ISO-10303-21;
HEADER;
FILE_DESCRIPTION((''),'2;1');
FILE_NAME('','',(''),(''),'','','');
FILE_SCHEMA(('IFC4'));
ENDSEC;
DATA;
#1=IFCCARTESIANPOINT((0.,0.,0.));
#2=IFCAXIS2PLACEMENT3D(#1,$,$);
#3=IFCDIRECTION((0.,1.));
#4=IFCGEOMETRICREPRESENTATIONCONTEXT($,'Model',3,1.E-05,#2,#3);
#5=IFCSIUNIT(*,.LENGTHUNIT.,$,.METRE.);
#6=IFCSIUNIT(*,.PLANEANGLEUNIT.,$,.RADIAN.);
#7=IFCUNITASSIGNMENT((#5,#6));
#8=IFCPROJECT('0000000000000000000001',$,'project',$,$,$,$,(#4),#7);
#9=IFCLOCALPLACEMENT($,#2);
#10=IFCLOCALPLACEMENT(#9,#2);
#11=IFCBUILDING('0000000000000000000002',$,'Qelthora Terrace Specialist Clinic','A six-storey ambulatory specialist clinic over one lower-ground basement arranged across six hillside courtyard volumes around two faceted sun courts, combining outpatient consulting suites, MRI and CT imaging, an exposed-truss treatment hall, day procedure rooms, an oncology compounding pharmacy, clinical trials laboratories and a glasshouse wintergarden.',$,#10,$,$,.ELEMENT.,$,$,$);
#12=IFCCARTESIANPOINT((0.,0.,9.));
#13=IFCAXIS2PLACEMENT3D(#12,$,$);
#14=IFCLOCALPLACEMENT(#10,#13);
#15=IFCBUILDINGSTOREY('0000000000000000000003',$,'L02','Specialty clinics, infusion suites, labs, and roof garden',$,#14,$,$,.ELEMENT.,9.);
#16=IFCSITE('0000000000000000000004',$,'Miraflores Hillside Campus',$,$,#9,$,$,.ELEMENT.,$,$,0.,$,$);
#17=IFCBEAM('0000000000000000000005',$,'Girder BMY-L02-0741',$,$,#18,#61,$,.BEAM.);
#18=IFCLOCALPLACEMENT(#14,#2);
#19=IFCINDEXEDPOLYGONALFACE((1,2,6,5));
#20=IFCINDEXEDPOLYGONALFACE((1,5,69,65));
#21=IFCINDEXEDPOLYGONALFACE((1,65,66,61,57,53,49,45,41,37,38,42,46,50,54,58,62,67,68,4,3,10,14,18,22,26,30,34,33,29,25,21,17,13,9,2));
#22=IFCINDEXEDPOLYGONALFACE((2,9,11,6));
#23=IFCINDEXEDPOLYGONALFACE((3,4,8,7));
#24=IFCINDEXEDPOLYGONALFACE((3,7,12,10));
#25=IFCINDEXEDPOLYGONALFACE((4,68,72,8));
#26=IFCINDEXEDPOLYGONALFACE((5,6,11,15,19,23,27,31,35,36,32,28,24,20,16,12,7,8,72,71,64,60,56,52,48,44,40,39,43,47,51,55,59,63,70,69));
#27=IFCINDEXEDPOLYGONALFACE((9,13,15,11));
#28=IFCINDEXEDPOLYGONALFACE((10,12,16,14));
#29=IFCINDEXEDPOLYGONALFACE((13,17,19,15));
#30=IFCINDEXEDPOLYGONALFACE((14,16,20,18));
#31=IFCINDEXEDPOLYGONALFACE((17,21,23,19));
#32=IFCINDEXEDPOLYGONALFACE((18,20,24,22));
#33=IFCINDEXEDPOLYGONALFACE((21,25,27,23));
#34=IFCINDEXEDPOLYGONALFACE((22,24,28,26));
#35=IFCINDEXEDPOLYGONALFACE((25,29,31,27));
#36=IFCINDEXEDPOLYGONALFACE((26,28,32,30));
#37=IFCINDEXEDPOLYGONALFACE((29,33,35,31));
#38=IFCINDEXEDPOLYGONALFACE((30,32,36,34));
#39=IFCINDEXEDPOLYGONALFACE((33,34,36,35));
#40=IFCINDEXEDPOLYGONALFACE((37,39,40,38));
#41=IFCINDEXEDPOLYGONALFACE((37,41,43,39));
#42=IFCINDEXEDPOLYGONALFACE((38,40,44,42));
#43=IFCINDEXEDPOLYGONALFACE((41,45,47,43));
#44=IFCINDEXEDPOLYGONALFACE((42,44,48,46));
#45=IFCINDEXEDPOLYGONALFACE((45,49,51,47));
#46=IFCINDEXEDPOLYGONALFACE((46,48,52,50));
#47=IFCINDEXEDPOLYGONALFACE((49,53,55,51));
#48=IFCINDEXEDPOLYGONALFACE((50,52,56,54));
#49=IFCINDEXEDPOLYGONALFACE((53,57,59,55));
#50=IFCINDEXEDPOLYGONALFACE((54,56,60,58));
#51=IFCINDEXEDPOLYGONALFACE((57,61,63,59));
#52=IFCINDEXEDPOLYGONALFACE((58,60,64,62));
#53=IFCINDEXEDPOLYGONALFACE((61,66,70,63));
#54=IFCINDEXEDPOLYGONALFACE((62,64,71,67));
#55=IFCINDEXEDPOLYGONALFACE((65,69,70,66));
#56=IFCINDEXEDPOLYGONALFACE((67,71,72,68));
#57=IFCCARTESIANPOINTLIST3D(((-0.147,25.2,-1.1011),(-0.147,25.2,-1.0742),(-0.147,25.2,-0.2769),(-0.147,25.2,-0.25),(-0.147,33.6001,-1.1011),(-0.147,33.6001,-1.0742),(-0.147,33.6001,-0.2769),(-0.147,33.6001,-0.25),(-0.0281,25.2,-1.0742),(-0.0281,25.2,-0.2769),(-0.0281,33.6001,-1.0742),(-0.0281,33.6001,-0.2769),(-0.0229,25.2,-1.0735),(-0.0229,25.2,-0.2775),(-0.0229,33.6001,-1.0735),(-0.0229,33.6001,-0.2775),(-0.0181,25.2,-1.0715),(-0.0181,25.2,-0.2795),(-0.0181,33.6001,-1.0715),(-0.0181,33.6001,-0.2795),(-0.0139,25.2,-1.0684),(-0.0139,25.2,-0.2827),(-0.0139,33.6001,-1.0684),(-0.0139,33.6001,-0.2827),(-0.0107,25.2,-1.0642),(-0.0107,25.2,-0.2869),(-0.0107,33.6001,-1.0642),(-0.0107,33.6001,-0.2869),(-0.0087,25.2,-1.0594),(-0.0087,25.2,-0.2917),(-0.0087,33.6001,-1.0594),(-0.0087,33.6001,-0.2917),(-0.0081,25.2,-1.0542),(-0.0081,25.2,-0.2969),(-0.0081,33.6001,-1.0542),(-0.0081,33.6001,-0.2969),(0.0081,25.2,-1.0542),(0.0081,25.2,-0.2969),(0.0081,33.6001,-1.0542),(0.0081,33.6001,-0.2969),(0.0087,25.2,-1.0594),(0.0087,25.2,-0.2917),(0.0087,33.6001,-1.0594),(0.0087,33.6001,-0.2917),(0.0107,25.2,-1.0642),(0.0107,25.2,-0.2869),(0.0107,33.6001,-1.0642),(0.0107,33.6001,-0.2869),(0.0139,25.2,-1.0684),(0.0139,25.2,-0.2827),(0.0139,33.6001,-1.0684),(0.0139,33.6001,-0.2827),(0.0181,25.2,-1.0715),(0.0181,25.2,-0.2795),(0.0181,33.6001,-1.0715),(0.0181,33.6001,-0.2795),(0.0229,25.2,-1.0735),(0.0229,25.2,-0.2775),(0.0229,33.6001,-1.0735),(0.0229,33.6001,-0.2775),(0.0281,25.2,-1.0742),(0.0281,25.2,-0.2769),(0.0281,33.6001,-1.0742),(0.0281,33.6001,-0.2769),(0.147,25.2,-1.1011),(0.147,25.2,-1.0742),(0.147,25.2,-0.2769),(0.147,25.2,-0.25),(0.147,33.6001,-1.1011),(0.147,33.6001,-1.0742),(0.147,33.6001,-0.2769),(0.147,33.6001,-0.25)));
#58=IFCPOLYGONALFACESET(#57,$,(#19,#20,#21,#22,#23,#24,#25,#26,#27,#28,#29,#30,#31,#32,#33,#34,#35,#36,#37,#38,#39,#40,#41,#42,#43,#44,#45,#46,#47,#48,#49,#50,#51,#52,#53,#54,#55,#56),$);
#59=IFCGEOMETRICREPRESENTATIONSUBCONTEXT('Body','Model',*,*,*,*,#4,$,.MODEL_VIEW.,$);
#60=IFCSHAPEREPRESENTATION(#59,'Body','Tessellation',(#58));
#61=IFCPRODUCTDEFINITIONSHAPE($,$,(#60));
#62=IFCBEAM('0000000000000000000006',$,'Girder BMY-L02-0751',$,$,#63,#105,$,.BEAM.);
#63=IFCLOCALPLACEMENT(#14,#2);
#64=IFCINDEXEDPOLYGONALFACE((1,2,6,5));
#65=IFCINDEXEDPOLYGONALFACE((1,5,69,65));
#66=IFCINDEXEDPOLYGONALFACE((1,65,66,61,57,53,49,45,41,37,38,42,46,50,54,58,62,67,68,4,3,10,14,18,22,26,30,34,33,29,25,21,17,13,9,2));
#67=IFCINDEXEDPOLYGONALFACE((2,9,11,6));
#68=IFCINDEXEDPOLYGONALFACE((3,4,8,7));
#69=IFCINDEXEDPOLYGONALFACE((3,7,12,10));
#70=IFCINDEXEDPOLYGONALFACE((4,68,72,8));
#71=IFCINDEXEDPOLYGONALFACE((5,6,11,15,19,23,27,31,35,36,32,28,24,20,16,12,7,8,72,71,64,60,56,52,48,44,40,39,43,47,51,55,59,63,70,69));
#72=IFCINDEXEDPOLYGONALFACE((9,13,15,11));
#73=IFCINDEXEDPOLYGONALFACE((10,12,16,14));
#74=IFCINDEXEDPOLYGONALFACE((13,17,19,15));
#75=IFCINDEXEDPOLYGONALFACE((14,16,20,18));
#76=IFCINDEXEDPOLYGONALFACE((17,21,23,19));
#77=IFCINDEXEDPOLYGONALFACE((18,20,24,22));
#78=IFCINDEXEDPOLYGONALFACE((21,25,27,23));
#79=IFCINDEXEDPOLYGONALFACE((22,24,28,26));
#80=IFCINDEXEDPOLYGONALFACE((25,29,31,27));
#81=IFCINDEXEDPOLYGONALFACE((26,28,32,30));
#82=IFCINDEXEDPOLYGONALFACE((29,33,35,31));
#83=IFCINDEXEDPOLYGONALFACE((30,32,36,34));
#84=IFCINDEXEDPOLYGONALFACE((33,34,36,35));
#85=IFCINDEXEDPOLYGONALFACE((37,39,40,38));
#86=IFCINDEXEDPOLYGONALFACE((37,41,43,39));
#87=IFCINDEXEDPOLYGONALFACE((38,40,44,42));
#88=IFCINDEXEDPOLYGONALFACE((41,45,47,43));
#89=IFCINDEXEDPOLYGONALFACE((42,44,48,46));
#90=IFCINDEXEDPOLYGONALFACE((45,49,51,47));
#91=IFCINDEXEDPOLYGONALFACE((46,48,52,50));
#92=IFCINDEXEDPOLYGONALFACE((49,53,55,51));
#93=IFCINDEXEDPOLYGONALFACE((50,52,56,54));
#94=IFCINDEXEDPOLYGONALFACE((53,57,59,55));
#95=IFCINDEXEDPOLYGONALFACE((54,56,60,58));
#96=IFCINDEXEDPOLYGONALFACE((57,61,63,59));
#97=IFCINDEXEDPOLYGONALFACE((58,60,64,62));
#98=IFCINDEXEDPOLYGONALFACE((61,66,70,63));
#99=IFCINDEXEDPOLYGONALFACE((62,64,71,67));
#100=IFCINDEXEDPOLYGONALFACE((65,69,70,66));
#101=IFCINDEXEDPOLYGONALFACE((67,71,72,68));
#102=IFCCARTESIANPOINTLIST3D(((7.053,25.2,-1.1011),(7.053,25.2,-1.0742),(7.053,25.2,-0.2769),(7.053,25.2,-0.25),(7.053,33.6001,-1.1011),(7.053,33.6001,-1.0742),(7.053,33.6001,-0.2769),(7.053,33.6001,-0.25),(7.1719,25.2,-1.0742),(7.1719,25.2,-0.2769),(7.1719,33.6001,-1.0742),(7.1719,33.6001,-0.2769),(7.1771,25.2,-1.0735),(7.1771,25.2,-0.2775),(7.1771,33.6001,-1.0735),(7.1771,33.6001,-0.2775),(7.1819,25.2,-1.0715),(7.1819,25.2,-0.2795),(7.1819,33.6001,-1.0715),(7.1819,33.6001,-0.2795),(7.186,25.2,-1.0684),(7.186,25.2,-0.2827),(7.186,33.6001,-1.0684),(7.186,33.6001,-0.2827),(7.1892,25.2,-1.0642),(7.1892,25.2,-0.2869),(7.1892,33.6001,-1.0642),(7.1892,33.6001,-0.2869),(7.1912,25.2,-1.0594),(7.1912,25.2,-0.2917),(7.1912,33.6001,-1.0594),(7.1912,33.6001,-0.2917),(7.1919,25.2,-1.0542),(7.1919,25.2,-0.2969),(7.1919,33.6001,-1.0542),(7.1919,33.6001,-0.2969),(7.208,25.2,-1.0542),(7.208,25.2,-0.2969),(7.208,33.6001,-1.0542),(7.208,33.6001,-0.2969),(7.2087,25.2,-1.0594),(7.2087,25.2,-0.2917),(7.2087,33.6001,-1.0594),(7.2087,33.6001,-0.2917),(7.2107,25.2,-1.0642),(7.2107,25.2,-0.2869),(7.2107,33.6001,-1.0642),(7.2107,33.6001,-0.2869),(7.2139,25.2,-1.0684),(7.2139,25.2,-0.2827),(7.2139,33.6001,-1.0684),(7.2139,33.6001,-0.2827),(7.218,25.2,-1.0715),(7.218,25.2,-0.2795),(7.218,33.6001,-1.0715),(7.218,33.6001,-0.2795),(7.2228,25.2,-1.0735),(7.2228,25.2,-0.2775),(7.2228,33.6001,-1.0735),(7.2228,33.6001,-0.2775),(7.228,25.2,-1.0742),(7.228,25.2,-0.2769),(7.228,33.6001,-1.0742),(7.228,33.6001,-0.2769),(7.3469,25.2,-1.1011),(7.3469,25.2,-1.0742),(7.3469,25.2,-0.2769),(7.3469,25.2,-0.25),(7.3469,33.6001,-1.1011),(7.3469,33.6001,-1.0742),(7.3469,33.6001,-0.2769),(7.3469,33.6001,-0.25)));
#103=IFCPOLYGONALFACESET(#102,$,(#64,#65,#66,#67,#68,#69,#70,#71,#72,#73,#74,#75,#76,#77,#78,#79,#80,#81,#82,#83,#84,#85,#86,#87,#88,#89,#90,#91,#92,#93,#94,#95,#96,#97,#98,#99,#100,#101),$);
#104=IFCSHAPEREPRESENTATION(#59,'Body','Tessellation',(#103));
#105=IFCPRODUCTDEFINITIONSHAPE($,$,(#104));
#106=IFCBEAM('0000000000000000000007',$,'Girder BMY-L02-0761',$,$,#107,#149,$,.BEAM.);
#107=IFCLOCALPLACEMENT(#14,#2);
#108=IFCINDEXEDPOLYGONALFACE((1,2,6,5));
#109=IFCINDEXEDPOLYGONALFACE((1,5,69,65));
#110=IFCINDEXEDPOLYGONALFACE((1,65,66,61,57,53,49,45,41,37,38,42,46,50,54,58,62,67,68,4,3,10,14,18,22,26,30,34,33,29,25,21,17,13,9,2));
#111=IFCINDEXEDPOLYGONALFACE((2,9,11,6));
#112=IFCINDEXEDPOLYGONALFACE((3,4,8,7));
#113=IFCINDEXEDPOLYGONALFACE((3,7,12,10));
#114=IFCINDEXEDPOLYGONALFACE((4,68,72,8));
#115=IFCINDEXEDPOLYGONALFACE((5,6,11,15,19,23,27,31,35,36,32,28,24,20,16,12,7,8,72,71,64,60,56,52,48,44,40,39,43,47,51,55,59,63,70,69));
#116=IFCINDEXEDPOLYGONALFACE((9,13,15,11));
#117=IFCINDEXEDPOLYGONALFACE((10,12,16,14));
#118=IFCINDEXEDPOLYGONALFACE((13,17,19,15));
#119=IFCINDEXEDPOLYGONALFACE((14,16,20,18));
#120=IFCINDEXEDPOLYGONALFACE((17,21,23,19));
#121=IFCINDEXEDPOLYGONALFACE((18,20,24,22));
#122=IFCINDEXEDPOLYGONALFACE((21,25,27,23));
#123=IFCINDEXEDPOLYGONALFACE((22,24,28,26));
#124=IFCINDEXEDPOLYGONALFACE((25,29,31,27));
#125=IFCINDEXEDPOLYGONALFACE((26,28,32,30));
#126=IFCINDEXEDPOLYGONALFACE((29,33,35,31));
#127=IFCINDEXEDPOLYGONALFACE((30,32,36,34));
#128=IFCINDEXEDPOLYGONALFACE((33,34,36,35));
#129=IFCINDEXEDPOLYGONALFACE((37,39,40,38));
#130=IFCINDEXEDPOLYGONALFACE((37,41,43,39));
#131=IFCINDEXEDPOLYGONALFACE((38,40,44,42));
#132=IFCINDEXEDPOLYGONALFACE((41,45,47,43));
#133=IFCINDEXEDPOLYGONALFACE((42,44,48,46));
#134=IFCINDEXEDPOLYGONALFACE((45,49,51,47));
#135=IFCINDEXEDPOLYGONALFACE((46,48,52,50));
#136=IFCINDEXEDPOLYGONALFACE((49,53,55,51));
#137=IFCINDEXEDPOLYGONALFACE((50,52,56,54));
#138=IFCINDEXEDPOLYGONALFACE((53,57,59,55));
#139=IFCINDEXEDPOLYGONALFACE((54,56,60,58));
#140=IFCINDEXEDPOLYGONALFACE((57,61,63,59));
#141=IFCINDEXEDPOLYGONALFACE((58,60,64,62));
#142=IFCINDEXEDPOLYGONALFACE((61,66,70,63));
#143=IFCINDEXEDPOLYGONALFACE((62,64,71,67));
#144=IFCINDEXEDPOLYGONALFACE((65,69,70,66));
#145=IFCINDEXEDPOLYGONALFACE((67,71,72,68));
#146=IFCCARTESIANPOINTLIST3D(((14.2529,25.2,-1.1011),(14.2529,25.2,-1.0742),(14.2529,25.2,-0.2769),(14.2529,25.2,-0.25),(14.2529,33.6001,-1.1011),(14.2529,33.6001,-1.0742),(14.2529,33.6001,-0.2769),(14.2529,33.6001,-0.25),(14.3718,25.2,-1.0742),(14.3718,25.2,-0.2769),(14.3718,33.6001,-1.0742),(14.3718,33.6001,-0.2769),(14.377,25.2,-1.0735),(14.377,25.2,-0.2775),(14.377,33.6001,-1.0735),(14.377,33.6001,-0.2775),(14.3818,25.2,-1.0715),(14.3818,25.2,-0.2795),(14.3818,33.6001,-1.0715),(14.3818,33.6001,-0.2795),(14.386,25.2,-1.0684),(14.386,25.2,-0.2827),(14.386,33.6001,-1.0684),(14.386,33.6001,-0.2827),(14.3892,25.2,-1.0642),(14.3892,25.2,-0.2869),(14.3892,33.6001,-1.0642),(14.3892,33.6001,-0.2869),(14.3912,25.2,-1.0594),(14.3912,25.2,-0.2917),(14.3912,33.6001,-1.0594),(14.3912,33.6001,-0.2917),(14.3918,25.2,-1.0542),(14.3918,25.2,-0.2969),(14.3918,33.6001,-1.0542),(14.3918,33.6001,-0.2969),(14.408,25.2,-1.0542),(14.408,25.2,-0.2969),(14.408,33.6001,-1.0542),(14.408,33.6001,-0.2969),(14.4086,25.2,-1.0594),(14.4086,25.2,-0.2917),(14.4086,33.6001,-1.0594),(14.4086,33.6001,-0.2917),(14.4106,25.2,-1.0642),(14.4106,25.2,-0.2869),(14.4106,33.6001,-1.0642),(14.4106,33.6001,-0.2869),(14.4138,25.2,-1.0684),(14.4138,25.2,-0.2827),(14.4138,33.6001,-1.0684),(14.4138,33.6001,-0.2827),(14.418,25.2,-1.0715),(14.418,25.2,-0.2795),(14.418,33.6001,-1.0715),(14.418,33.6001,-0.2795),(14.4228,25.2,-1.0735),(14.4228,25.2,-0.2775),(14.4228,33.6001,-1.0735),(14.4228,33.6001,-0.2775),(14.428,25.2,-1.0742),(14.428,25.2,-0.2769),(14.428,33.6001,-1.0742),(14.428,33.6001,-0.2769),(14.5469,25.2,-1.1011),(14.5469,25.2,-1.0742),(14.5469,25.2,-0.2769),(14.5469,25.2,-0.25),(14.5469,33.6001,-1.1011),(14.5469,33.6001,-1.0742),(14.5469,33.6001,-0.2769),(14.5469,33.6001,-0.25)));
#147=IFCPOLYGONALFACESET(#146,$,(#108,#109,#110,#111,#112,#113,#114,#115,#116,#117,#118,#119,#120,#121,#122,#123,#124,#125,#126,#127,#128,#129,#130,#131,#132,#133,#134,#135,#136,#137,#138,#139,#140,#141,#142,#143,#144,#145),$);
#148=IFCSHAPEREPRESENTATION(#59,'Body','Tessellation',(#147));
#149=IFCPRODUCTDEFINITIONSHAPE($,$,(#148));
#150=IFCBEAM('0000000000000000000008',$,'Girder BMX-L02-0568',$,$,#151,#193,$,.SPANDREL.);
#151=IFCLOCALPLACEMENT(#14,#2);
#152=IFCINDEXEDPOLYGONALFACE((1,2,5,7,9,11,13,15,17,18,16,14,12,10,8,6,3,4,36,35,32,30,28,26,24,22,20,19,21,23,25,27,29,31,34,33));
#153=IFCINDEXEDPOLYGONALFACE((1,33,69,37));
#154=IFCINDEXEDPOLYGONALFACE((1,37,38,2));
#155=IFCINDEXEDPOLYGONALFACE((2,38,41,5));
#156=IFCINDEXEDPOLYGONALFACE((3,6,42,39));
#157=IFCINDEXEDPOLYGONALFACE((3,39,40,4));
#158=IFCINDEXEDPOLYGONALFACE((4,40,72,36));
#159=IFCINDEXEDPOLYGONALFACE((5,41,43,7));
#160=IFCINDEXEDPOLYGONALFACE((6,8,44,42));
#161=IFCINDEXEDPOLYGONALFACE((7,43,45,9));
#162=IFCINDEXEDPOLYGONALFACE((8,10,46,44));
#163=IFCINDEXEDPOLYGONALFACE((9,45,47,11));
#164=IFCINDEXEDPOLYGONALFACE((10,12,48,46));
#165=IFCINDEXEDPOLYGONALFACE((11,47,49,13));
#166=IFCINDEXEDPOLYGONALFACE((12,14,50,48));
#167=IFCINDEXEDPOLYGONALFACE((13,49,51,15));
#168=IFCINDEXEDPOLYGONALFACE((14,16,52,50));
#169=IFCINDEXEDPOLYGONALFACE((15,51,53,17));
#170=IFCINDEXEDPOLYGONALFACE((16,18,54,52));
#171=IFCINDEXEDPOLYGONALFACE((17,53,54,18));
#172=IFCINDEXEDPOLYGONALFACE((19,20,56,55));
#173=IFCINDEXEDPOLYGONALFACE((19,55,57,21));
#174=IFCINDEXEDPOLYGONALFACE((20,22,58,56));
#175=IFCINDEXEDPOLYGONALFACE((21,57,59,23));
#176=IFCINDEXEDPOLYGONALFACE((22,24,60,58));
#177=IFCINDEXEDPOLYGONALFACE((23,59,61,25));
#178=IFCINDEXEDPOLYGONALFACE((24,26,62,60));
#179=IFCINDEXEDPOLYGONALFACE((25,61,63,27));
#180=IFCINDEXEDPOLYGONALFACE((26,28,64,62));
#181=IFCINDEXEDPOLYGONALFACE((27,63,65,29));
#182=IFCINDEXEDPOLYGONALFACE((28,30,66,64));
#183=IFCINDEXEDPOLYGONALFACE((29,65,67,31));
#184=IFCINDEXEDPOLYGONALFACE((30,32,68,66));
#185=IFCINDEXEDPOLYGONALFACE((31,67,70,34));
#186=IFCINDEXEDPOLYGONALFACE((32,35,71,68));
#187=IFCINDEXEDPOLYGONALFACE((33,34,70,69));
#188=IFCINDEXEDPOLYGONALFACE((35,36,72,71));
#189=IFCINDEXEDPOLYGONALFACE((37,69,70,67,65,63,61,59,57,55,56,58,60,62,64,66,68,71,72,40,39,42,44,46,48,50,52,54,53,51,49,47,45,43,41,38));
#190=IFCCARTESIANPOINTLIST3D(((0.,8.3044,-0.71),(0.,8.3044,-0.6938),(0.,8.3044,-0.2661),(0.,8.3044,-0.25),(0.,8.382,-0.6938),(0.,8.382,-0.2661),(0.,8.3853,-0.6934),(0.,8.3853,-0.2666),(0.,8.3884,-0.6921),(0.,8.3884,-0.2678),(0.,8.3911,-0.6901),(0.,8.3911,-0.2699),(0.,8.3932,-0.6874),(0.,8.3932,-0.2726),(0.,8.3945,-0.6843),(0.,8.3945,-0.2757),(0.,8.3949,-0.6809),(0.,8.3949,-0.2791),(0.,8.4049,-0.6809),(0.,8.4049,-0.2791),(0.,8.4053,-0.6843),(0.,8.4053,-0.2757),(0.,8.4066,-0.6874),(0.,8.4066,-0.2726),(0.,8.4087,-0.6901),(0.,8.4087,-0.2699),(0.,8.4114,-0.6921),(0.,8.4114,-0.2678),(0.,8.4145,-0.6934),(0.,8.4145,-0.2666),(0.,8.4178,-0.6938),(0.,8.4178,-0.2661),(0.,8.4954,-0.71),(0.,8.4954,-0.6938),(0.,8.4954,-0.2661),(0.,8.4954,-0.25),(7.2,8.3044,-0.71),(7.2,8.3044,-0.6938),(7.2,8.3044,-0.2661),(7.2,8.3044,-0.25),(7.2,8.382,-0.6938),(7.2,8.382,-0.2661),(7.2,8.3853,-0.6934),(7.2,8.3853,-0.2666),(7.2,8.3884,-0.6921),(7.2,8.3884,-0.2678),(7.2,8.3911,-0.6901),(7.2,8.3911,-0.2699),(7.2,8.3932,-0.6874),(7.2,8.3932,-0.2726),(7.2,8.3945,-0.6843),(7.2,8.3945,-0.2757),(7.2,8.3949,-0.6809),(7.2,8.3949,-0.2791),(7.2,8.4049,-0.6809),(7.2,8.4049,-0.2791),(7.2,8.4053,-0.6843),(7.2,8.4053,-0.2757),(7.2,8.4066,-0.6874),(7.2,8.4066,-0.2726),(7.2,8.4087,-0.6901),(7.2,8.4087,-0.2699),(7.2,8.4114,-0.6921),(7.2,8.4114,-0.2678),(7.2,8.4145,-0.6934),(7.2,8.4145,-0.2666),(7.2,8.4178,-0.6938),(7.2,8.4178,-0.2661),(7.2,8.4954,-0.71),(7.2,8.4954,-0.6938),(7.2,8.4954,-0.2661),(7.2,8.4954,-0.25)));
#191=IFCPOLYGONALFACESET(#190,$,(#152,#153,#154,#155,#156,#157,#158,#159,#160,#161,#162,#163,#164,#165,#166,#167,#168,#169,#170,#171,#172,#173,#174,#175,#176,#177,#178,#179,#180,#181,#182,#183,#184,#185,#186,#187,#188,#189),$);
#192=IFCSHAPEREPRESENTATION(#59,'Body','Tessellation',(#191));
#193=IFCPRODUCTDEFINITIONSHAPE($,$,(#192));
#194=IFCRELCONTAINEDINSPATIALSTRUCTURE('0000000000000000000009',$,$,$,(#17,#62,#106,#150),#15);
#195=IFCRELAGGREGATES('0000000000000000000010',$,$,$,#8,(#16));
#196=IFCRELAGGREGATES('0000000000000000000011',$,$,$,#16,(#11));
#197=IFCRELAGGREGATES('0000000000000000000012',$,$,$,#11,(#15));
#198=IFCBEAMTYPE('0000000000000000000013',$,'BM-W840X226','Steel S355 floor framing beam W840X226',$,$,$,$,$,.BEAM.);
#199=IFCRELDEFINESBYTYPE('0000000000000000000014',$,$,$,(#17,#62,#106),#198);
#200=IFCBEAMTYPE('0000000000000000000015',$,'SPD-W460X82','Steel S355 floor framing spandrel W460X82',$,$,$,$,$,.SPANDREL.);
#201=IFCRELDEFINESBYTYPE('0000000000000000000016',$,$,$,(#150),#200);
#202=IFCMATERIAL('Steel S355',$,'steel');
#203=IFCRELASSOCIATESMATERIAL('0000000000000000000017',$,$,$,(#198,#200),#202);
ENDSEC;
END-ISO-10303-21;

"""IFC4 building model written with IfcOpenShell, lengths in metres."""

from ifc_helpers import new_model, si_unit, direction, frame, origin, origin_2d, place, context, subcontext, project, spatial, i_section, extrude, material, material_profile, profile_set, type_object, element, save


model = new_model("IFC4")

# Units and contexts
model_context = context("Model", 3, precision=1e-05, world=origin(), true_north=direction((0.0, 1.0)))
body_context = subcontext(model_context, "Body", "Model", "MODEL_VIEW")
ifc_project = project(units=[si_unit("LENGTHUNIT", "METRE"), si_unit("PLANEANGLEUNIT", "RADIAN")], contexts=[model_context])

# Site, building, storey
site_placement = place(None, origin())
site = spatial("IfcSite", under=ifc_project, at=site_placement, Name="Miraflores Hillside Campus", CompositionType="ELEMENT", RefElevation=0.0)
building_placement = place(site_placement, origin())
building = spatial("IfcBuilding", under=site, at=building_placement, Name="Qelthora Terrace Specialist Clinic", Description="A six-storey ambulatory specialist clinic over one lower-ground basement arranged across six hillside courtyard volumes around two faceted sun courts, combining outpatient consulting suites, MRI and CT imaging, an exposed-truss treatment hall, day procedure rooms, an oncology compounding pharmacy, clinical trials laboratories and a glasshouse wintergarden.", CompositionType="ELEMENT")
storey_placement = place(building_placement, frame((0.0, 0.0, 9.0)))
storey = spatial("IfcBuildingStorey", under=building, at=storey_placement, Name="L02", Description="Specialty clinics, infusion suites, labs, and roof garden", CompositionType="ELEMENT", Elevation=9.0)

# Beams
ifc_material_1 = material(Name="Steel S355", Category="steel")
ifc_material_profile_1 = material_profile(ifc_material_1, i_section(OverallWidth=0.2939, OverallDepth=0.8511, WebThickness=0.0161, FlangeThickness=0.0269, FilletRadius=0.02, at=origin_2d()), Name="W840X226")
ifc_profile_set_1 = profile_set([ifc_material_profile_1], Name="Steel S355")
beam_type_1 = type_object("IfcBeamType", Name="BM-W840X226", Description="Steel S355 floor framing beam W840X226", PredefinedType="BEAM", material=ifc_profile_set_1)
for number, where, z_axis, x_axis, name in (
    (1, (0.0, 25.2, -0.6755), (0.0, 1.0, 0.0), (-1.0, 0.0, 0.0), "Girder BMY-L02-0741"),
    (2, (7.2, 25.2, -0.6755), (0.0, 1.0, 0.0), (-1.0, 0.0, 0.0), "Girder BMY-L02-0751"),
    (3, (14.3999, 25.2, -0.6755), (0.0, 1.0, 0.0), (-1.0, 0.0, 0.0), "Girder BMY-L02-0761"),
):
    element("IfcBeam", number, at=place(storey_placement, frame(where, z_axis=z_axis, x_axis=x_axis)), inside=storey, type_object=beam_type_1, Name=name, PredefinedType="BEAM", context=body_context, shape_type="SweptSolid", body=[
        extrude(i_section(OverallWidth=0.2939, OverallDepth=0.8511, WebThickness=0.0161, FlangeThickness=0.0269, FilletRadius=0.02, at=origin_2d()), origin(), (0.0, 0.0, 1.0), 8.4001),
    ])
ifc_material_profile_2 = material_profile(ifc_material_1, i_section(OverallWidth=0.1909, OverallDepth=0.46, WebThickness=0.01, FlangeThickness=0.0161, FilletRadius=0.0129, at=origin_2d()), Name="W460X82")
ifc_profile_set_2 = profile_set([ifc_material_profile_2], Name="Steel S355")
beam_type_2 = type_object("IfcBeamType", Name="SPD-W460X82", Description="Steel S355 floor framing spandrel W460X82", PredefinedType="SPANDREL", material=ifc_profile_set_2)
for number, where, z_axis, x_axis, name in (
    (4, (0.0, 8.3999, -0.48), (1.0, 0.0, 0.0), (0.0, 1.0, 0.0), "Girder BMX-L02-0568"),
):
    element("IfcBeam", number, at=place(storey_placement, frame(where, z_axis=z_axis, x_axis=x_axis)), inside=storey, type_object=beam_type_2, Name=name, PredefinedType="SPANDREL", context=body_context, shape_type="SweptSolid", body=[
        extrude(i_section(OverallWidth=0.1909, OverallDepth=0.46, WebThickness=0.01, FlangeThickness=0.0161, FilletRadius=0.0129, at=origin_2d()), origin(), (0.0, 0.0, 1.0), 7.2),
    ])

save(model, "model.ifc")
